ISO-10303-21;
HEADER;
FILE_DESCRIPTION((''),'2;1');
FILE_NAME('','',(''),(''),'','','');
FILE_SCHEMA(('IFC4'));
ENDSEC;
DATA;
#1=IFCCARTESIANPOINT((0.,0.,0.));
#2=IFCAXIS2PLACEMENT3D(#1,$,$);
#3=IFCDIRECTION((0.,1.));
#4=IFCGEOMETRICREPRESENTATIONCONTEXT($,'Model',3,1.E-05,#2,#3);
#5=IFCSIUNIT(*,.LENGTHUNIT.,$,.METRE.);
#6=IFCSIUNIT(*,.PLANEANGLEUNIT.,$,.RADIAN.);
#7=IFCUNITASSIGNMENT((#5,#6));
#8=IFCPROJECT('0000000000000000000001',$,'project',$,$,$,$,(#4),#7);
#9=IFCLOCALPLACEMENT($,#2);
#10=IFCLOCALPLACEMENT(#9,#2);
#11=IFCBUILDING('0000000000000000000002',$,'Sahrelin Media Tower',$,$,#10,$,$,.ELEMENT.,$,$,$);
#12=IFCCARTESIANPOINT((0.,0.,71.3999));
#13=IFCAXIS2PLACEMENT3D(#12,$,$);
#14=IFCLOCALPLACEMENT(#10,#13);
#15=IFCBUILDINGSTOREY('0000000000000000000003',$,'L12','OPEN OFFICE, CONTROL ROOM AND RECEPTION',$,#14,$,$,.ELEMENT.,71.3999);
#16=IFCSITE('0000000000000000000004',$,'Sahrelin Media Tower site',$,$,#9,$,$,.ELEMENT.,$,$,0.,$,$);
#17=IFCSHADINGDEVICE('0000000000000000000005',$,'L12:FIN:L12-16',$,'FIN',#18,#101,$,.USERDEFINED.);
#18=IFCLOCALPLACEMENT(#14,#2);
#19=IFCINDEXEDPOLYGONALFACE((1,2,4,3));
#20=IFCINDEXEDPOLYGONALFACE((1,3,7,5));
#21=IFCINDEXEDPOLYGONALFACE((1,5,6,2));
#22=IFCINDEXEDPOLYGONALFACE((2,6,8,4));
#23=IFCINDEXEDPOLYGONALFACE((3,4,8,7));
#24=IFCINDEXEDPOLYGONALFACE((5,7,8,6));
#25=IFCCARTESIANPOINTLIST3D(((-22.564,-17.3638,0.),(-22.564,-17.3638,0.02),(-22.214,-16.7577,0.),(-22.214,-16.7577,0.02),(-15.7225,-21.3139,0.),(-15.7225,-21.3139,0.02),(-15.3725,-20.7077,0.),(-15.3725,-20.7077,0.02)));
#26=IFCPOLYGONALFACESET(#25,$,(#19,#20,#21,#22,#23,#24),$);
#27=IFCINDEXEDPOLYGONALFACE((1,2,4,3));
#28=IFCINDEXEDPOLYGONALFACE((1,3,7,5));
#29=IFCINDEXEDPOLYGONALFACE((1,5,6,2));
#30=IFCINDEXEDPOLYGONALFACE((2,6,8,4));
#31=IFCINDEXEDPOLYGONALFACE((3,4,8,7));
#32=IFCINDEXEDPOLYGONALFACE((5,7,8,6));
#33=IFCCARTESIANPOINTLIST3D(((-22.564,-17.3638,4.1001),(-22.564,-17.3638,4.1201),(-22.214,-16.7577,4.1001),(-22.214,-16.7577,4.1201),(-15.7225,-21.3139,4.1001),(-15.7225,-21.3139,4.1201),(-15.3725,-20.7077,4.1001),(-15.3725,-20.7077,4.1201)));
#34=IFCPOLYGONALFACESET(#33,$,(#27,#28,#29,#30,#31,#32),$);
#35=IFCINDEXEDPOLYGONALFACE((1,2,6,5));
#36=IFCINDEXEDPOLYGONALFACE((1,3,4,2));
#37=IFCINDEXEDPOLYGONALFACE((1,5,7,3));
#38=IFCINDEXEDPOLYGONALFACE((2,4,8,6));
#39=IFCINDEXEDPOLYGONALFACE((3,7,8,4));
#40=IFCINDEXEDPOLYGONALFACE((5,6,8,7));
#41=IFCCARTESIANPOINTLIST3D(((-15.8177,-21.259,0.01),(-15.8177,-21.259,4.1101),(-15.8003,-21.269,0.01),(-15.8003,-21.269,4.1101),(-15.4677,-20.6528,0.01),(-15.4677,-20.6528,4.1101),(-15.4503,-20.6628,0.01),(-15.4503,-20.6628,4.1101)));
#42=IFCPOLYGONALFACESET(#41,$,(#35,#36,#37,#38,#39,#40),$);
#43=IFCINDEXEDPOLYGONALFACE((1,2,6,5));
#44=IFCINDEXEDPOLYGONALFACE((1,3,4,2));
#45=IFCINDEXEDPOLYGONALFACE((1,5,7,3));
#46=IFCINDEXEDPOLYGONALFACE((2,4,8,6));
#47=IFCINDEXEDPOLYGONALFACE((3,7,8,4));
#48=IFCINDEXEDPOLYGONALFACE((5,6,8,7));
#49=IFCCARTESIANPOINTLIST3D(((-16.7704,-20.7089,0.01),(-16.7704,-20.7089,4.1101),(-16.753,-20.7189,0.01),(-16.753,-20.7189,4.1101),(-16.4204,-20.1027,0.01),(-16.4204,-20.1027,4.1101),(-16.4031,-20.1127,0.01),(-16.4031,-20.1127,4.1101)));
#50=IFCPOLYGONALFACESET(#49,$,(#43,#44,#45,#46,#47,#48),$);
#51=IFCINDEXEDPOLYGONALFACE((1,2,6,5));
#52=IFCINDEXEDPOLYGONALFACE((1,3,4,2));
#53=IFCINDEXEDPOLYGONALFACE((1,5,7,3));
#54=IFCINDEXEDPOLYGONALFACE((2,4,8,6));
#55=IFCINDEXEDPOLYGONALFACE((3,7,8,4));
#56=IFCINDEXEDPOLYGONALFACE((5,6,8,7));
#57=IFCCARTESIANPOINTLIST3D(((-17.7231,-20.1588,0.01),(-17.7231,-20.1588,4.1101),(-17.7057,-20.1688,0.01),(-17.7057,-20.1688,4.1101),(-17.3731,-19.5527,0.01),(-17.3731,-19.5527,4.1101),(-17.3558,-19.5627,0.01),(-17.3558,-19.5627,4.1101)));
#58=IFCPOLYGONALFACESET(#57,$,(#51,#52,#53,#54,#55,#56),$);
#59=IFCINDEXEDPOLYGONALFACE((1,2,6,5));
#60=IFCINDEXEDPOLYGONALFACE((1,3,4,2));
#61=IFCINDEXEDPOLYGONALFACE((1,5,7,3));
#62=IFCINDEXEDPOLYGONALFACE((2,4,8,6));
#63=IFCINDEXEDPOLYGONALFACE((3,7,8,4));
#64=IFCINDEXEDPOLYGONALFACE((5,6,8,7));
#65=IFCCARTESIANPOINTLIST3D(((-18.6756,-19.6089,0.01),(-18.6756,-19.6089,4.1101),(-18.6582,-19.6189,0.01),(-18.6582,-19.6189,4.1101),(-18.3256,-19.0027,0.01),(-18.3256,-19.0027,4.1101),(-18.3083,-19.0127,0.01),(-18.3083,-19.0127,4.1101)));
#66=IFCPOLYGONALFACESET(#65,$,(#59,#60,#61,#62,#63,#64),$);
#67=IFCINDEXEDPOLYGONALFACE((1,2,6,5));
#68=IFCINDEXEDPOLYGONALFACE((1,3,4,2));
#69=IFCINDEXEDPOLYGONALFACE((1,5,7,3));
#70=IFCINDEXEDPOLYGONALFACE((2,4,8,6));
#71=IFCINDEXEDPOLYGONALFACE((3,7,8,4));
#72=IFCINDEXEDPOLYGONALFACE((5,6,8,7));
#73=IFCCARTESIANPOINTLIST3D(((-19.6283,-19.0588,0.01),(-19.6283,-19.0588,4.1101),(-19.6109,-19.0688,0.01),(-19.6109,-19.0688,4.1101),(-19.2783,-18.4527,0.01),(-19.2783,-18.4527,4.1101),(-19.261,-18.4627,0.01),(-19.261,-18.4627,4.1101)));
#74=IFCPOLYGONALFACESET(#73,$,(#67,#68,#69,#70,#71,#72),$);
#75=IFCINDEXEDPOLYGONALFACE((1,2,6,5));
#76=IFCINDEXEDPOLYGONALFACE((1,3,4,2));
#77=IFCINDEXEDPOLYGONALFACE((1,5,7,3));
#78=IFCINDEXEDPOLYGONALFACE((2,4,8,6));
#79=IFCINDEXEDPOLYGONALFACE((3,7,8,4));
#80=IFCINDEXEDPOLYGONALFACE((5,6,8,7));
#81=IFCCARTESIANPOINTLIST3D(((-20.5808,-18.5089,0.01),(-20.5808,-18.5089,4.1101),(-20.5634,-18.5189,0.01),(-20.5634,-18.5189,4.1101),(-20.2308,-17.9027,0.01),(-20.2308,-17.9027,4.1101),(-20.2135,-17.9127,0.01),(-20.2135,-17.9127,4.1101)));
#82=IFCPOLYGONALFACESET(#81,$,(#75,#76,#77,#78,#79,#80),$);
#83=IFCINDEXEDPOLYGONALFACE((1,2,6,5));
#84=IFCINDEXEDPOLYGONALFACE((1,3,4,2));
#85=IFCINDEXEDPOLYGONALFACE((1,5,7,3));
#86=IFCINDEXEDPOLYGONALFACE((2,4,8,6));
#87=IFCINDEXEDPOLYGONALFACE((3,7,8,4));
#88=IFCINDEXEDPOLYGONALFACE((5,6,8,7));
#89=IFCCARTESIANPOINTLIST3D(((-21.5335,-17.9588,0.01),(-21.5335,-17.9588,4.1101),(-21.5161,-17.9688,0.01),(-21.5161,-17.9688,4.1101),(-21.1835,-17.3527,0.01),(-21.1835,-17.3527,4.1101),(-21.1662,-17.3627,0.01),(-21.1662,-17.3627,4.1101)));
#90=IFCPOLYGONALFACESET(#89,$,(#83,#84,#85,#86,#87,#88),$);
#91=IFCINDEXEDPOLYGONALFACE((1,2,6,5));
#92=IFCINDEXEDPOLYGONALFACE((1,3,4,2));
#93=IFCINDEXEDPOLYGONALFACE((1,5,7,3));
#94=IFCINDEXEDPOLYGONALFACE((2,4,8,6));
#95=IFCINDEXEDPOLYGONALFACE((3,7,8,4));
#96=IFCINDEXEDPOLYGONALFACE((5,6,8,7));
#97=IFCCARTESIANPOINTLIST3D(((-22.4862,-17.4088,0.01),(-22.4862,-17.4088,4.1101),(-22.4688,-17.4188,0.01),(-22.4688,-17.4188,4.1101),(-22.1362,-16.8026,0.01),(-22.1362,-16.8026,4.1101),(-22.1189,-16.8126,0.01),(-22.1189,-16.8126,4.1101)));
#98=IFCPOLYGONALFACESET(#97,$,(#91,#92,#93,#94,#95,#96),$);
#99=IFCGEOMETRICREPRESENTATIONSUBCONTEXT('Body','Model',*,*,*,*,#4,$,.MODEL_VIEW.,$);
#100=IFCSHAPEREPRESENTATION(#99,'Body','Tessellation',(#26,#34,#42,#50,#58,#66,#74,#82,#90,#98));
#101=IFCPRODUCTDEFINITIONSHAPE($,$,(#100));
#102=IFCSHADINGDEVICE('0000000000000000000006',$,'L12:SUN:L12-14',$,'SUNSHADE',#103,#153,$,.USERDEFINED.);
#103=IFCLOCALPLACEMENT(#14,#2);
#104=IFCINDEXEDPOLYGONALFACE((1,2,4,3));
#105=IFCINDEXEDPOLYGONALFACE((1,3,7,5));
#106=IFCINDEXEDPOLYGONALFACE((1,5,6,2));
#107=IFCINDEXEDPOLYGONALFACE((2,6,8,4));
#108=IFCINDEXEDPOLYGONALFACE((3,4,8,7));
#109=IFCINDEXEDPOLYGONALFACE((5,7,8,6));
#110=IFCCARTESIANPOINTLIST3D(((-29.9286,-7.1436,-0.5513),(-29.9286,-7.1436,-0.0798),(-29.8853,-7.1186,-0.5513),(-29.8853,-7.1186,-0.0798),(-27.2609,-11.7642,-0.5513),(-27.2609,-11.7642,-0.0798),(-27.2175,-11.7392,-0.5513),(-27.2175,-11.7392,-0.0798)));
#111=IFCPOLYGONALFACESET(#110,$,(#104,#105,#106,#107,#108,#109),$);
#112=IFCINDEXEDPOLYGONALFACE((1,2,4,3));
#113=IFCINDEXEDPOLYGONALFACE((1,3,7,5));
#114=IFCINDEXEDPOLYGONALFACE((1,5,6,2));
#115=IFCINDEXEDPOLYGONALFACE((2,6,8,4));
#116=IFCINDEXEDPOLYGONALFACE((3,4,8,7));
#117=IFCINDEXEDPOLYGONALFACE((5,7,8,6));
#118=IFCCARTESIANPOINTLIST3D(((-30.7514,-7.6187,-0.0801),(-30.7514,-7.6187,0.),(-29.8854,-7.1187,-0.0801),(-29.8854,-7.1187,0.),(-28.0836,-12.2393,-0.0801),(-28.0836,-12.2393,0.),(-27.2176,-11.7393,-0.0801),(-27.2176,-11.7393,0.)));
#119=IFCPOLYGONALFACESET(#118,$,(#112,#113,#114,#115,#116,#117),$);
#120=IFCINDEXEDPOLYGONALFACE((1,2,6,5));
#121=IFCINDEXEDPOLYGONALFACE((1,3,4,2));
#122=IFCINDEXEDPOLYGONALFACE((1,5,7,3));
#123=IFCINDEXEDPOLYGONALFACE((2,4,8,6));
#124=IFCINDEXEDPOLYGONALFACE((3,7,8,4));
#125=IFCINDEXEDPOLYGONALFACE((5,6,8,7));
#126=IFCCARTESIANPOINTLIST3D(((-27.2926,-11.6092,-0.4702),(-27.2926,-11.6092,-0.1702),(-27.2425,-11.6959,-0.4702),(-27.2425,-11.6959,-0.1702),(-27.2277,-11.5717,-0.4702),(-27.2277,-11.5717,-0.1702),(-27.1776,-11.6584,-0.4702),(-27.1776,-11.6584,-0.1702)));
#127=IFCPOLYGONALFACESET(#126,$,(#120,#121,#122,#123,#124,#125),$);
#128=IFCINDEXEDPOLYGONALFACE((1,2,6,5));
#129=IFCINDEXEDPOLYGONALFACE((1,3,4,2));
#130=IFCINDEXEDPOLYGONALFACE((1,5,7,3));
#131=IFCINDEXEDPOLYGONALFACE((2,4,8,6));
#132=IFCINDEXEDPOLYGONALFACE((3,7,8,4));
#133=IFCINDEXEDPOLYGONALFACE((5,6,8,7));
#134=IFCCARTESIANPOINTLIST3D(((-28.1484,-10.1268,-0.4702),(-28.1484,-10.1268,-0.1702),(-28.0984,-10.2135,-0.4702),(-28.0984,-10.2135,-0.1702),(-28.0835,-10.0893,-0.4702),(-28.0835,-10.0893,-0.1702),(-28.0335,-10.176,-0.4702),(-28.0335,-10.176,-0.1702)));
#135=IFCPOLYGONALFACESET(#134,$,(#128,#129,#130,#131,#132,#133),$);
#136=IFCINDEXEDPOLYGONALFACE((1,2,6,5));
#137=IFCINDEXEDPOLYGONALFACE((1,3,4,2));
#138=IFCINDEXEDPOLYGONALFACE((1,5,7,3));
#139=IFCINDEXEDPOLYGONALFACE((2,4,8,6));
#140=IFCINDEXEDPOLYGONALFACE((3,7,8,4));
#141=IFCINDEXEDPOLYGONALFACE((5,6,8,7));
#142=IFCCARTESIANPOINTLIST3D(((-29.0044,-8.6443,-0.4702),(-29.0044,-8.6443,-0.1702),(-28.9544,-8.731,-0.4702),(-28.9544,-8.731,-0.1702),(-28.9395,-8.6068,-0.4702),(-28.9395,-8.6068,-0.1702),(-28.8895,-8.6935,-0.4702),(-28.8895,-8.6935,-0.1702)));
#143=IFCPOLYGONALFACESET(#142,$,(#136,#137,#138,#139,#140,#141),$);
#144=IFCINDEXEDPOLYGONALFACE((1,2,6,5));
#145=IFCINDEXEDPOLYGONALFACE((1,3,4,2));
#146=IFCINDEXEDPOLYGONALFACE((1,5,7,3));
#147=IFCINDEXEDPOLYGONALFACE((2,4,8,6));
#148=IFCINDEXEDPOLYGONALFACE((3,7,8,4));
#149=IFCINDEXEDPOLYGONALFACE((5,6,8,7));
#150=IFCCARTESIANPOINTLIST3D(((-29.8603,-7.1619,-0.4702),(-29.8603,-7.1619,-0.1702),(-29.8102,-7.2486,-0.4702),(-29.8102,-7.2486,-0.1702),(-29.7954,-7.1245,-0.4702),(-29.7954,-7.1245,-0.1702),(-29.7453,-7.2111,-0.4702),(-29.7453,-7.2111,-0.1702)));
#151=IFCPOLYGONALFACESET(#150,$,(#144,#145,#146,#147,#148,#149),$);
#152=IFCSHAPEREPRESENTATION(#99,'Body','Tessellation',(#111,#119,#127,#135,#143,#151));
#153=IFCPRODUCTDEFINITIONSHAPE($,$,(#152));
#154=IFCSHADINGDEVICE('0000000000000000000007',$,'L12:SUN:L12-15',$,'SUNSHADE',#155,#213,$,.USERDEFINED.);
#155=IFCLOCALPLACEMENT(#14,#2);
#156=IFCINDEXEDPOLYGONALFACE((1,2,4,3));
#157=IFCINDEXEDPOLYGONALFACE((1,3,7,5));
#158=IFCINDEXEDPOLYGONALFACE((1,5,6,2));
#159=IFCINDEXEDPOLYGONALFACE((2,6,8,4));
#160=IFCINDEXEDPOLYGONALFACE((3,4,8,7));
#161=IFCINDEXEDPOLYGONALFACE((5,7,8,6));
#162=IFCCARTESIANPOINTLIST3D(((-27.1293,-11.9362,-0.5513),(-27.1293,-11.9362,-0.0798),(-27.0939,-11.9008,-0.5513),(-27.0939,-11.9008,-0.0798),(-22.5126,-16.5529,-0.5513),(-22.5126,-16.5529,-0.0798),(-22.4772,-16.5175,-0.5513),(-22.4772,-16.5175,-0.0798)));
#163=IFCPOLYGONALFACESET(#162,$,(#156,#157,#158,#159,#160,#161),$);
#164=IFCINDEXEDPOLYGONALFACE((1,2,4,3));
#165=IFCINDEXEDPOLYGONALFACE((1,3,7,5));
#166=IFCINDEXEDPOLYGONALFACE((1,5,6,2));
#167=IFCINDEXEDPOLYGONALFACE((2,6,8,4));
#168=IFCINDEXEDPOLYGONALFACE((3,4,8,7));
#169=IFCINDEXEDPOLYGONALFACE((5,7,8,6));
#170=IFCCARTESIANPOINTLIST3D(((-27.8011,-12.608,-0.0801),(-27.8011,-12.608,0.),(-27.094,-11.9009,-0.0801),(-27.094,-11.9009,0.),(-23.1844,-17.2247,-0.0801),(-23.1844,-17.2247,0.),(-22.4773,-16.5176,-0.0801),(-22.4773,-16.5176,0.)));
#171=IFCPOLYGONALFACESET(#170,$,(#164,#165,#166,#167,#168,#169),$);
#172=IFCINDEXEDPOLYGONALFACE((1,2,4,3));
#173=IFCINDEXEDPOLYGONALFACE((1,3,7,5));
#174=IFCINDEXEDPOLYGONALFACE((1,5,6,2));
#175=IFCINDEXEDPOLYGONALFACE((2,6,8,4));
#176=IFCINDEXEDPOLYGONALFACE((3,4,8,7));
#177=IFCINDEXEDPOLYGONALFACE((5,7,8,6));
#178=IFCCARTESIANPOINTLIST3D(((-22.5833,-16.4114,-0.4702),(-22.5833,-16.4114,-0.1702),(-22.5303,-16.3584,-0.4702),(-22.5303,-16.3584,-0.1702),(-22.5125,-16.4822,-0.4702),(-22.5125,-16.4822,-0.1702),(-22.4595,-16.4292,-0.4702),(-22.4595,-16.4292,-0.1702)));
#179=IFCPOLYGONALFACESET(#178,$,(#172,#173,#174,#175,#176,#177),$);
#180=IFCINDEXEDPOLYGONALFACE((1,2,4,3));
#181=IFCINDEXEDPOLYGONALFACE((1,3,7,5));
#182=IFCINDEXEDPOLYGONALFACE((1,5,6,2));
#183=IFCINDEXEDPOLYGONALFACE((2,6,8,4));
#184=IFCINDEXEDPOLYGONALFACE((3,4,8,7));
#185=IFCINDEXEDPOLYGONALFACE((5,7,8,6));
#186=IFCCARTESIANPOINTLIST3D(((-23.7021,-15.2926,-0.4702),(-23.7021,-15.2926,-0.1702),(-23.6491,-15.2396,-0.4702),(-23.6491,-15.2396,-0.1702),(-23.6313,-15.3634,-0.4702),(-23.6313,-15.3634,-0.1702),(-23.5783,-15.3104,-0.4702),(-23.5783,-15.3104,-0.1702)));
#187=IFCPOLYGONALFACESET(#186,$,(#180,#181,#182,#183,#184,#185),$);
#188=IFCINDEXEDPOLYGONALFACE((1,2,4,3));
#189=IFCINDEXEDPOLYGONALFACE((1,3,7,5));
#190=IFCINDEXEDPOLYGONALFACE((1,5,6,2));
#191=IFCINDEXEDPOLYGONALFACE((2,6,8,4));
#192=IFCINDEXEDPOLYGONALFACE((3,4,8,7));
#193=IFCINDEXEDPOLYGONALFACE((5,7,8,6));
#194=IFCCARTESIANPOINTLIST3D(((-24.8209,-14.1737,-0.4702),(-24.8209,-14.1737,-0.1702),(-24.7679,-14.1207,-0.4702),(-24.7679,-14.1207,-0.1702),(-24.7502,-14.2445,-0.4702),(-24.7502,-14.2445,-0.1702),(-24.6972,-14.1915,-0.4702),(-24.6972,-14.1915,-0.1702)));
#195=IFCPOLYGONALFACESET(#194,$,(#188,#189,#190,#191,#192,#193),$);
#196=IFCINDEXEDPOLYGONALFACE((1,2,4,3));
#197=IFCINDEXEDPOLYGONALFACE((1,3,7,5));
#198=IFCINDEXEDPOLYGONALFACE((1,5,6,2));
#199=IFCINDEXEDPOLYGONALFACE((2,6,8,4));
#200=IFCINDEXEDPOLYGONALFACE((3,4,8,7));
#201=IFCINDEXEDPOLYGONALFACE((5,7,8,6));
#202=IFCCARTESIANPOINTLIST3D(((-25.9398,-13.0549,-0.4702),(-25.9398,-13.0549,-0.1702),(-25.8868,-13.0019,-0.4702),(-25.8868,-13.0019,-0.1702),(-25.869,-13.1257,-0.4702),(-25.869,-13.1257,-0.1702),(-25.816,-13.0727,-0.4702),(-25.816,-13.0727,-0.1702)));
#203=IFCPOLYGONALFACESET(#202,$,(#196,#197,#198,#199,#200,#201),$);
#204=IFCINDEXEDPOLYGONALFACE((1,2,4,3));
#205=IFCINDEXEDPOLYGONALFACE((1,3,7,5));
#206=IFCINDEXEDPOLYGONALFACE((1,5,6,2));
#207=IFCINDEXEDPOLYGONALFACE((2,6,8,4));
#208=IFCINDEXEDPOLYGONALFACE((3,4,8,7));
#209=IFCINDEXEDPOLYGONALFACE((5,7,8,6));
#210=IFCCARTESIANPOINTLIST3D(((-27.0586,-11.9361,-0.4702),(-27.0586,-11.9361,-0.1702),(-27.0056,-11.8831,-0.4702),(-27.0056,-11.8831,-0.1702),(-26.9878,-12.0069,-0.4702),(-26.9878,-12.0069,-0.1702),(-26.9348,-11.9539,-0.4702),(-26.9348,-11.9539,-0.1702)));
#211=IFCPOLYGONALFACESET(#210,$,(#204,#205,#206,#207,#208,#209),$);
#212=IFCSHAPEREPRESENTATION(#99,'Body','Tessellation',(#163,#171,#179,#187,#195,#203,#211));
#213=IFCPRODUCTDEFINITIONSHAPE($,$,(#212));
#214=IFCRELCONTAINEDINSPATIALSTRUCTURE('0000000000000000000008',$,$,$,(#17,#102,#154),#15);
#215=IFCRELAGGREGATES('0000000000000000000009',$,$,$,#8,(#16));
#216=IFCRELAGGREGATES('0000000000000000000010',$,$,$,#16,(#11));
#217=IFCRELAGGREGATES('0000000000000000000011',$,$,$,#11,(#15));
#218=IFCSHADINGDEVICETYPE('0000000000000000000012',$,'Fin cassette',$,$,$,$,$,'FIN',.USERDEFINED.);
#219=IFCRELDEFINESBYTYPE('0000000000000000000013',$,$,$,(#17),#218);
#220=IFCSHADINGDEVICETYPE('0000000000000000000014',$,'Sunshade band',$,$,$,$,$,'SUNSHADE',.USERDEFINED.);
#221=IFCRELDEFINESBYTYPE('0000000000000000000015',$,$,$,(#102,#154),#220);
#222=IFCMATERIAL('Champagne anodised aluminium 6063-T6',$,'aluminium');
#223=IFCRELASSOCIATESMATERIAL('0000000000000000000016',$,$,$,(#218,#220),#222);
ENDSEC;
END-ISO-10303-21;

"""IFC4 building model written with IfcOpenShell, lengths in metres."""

from ifc_helpers import new_model, si_unit, direction, frame, origin, origin_2d, place, context, subcontext, project, spatial, rectangle, extrude, material, type_object, element, save


model = new_model("IFC4")

# Units and contexts
model_context = context("Model", 3, precision=1e-05, world=origin(), true_north=direction((0.0, 1.0)))
body_context = subcontext(model_context, "Body", "Model", "MODEL_VIEW")
ifc_project = project(units=[si_unit("LENGTHUNIT", "METRE"), si_unit("PLANEANGLEUNIT", "RADIAN")], contexts=[model_context])

# Site, building, storey
site_placement = place(None, origin())
site = spatial("IfcSite", under=ifc_project, at=site_placement, Name="Sahrelin Media Tower site", CompositionType="ELEMENT", RefElevation=0.0)
building_placement = place(site_placement, origin())
building = spatial("IfcBuilding", under=site, at=building_placement, Name="Sahrelin Media Tower", CompositionType="ELEMENT")
storey_placement = place(building_placement, frame((0.0, 0.0, 71.3999)))
storey = spatial("IfcBuildingStorey", under=building, at=storey_placement, Name="L12", Description="OPEN OFFICE, CONTROL ROOM AND RECEPTION", CompositionType="ELEMENT", Elevation=71.3999)

# Shared definitions
ifc_material_1 = material(Name="Champagne anodised aluminium 6063-T6", Category="aluminium")

# Shading devices
shading_device_type_1 = type_object("IfcShadingDeviceType", Name="Fin cassette", ElementType="FIN", PredefinedType="USERDEFINED", material=ifc_material_1)
placement_1 = place(storey_placement, frame((-24.7715, -14.1951, 0.0), z_axis=(0.0, 0.0, 1.0), x_axis=(-0.707107, 0.707107, 0.0)))
placement_2 = place(storey_placement, frame((-18.7583, -18.6721, 0.0), z_axis=(0.0, 0.0, 1.0), x_axis=(-0.866019, 0.500011, 0.0)))
element("IfcShadingDevice", 1, at=placement_2, inside=storey, type_object=shading_device_type_1, Name="L12:FIN:L12-16", ObjectType="FIN", PredefinedType="USERDEFINED", context=body_context, shape_type="SweptSolid", body=[
    extrude(rectangle(XDim=7.8999, YDim=0.7, at=origin_2d()), frame((0.0, 0.4199, 0.0)), (0.0, 0.0, 1.0), 0.02),
    extrude(rectangle(XDim=7.8999, YDim=0.7, at=origin_2d()), frame((0.0, 0.4199, 4.1001)), (0.0, 0.0, 1.0), 0.02),
    extrude(rectangle(XDim=0.02, YDim=0.7, at=origin_2d()), frame((-3.8501, 0.4199, 0.01), z_axis=(0.0, 0.0, 1.0), x_axis=(1.0, 0.0, 0.0)), (0.0, 0.0, 1.0), 4.1001),
    extrude(rectangle(XDim=0.02, YDim=0.7, at=origin_2d()), frame((-2.75, 0.4199, 0.01), z_axis=(0.0, 0.0, 1.0), x_axis=(1.0, 0.0, 0.0)), (0.0, 0.0, 1.0), 4.1001),
    extrude(rectangle(XDim=0.02, YDim=0.7, at=origin_2d()), frame((-1.6499, 0.4199, 0.01), z_axis=(0.0, 0.0, 1.0), x_axis=(1.0, 0.0, 0.0)), (0.0, 0.0, 1.0), 4.1001),
    extrude(rectangle(XDim=0.02, YDim=0.7, at=origin_2d()), frame((-0.55, 0.4199, 0.01), z_axis=(0.0, 0.0, 1.0), x_axis=(1.0, 0.0, 0.0)), (0.0, 0.0, 1.0), 4.1001),
    extrude(rectangle(XDim=0.02, YDim=0.7, at=origin_2d()), frame((0.55, 0.4199, 0.01), z_axis=(0.0, 0.0, 1.0), x_axis=(1.0, 0.0, 0.0)), (0.0, 0.0, 1.0), 4.1001),
    extrude(rectangle(XDim=0.02, YDim=0.7, at=origin_2d()), frame((1.6499, 0.4199, 0.01), z_axis=(0.0, 0.0, 1.0), x_axis=(1.0, 0.0, 0.0)), (0.0, 0.0, 1.0), 4.1001),
    extrude(rectangle(XDim=0.02, YDim=0.7, at=origin_2d()), frame((2.75, 0.4199, 0.01), z_axis=(0.0, 0.0, 1.0), x_axis=(1.0, 0.0, 0.0)), (0.0, 0.0, 1.0), 4.1001),
    extrude(rectangle(XDim=0.02, YDim=0.7, at=origin_2d()), frame((3.8501, 0.4199, 0.01), z_axis=(0.0, 0.0, 1.0), x_axis=(1.0, 0.0, 0.0)), (0.0, 0.0, 1.0), 4.1001),
])
shading_device_type_2 = type_object("IfcShadingDeviceType", Name="Sunshade band", ElementType="SUNSHADE", PredefinedType="USERDEFINED", material=ifc_material_1)
shading_device_1_placement = place(storey_placement, frame((-28.5342, -9.4189, 0.0), z_axis=(0.0, 0.0, 1.0), x_axis=(-0.500011, 0.866019, 0.0)))
element("IfcShadingDevice", 2, at=shading_device_1_placement, inside=storey, type_object=shading_device_type_2, Name="L12:SUN:L12-14", ObjectType="SUNSHADE", PredefinedType="USERDEFINED", context=body_context, shape_type="SweptSolid", body=[
    extrude(rectangle(XDim=5.3354, YDim=0.05, at=origin_2d()), frame((0.0, 0.0449, -0.5513)), (0.0, 0.0, 1.0), 0.4714),
    extrude(rectangle(XDim=5.3354, YDim=1.0, at=origin_2d()), frame((0.0, 0.52, -0.0801)), (0.0, 0.0, 1.0), 0.0801),
    extrude(rectangle(XDim=0.1001, YDim=0.075, at=origin_2d()), frame((-2.5676, -0.0176, -0.4702)), (0.0, 0.0, 1.0), 0.3),
    extrude(rectangle(XDim=0.1001, YDim=0.075, at=origin_2d()), frame((-0.856, -0.0176, -0.4702)), (0.0, 0.0, 1.0), 0.3),
    extrude(rectangle(XDim=0.1001, YDim=0.075, at=origin_2d()), frame((0.856, -0.0176, -0.4702)), (0.0, 0.0, 1.0), 0.3),
    extrude(rectangle(XDim=0.1001, YDim=0.075, at=origin_2d()), frame((2.5676, -0.0176, -0.4702)), (0.0, 0.0, 1.0), 0.3),
])
element("IfcShadingDevice", 3, at=placement_1, inside=storey, type_object=shading_device_type_2, Name="L12:SUN:L12-15", ObjectType="SUNSHADE", PredefinedType="USERDEFINED", context=body_context, shape_type="SweptSolid", body=[
    extrude(rectangle(XDim=6.5291, YDim=0.05, at=origin_2d()), frame((0.0, 0.0449, -0.5513)), (0.0, 0.0, 1.0), 0.4714),
    extrude(rectangle(XDim=6.5291, YDim=1.0, at=origin_2d()), frame((0.0, 0.52, -0.0801)), (0.0, 0.0, 1.0), 0.0801),
    extrude(rectangle(XDim=0.1001, YDim=0.075, at=origin_2d()), frame((-3.1646, -0.0176, -0.4702)), (0.0, 0.0, 1.0), 0.3),
    extrude(rectangle(XDim=0.1001, YDim=0.075, at=origin_2d()), frame((-1.5823, -0.0176, -0.4702)), (0.0, 0.0, 1.0), 0.3),
    extrude(rectangle(XDim=0.1001, YDim=0.075, at=origin_2d()), frame((0.0, -0.0176, -0.4702)), (0.0, 0.0, 1.0), 0.3),
    extrude(rectangle(XDim=0.1001, YDim=0.075, at=origin_2d()), frame((1.5823, -0.0176, -0.4702)), (0.0, 0.0, 1.0), 0.3),
    extrude(rectangle(XDim=0.1001, YDim=0.075, at=origin_2d()), frame((3.1646, -0.0176, -0.4702)), (0.0, 0.0, 1.0), 0.3),
])

save(model, "model.ifc")
